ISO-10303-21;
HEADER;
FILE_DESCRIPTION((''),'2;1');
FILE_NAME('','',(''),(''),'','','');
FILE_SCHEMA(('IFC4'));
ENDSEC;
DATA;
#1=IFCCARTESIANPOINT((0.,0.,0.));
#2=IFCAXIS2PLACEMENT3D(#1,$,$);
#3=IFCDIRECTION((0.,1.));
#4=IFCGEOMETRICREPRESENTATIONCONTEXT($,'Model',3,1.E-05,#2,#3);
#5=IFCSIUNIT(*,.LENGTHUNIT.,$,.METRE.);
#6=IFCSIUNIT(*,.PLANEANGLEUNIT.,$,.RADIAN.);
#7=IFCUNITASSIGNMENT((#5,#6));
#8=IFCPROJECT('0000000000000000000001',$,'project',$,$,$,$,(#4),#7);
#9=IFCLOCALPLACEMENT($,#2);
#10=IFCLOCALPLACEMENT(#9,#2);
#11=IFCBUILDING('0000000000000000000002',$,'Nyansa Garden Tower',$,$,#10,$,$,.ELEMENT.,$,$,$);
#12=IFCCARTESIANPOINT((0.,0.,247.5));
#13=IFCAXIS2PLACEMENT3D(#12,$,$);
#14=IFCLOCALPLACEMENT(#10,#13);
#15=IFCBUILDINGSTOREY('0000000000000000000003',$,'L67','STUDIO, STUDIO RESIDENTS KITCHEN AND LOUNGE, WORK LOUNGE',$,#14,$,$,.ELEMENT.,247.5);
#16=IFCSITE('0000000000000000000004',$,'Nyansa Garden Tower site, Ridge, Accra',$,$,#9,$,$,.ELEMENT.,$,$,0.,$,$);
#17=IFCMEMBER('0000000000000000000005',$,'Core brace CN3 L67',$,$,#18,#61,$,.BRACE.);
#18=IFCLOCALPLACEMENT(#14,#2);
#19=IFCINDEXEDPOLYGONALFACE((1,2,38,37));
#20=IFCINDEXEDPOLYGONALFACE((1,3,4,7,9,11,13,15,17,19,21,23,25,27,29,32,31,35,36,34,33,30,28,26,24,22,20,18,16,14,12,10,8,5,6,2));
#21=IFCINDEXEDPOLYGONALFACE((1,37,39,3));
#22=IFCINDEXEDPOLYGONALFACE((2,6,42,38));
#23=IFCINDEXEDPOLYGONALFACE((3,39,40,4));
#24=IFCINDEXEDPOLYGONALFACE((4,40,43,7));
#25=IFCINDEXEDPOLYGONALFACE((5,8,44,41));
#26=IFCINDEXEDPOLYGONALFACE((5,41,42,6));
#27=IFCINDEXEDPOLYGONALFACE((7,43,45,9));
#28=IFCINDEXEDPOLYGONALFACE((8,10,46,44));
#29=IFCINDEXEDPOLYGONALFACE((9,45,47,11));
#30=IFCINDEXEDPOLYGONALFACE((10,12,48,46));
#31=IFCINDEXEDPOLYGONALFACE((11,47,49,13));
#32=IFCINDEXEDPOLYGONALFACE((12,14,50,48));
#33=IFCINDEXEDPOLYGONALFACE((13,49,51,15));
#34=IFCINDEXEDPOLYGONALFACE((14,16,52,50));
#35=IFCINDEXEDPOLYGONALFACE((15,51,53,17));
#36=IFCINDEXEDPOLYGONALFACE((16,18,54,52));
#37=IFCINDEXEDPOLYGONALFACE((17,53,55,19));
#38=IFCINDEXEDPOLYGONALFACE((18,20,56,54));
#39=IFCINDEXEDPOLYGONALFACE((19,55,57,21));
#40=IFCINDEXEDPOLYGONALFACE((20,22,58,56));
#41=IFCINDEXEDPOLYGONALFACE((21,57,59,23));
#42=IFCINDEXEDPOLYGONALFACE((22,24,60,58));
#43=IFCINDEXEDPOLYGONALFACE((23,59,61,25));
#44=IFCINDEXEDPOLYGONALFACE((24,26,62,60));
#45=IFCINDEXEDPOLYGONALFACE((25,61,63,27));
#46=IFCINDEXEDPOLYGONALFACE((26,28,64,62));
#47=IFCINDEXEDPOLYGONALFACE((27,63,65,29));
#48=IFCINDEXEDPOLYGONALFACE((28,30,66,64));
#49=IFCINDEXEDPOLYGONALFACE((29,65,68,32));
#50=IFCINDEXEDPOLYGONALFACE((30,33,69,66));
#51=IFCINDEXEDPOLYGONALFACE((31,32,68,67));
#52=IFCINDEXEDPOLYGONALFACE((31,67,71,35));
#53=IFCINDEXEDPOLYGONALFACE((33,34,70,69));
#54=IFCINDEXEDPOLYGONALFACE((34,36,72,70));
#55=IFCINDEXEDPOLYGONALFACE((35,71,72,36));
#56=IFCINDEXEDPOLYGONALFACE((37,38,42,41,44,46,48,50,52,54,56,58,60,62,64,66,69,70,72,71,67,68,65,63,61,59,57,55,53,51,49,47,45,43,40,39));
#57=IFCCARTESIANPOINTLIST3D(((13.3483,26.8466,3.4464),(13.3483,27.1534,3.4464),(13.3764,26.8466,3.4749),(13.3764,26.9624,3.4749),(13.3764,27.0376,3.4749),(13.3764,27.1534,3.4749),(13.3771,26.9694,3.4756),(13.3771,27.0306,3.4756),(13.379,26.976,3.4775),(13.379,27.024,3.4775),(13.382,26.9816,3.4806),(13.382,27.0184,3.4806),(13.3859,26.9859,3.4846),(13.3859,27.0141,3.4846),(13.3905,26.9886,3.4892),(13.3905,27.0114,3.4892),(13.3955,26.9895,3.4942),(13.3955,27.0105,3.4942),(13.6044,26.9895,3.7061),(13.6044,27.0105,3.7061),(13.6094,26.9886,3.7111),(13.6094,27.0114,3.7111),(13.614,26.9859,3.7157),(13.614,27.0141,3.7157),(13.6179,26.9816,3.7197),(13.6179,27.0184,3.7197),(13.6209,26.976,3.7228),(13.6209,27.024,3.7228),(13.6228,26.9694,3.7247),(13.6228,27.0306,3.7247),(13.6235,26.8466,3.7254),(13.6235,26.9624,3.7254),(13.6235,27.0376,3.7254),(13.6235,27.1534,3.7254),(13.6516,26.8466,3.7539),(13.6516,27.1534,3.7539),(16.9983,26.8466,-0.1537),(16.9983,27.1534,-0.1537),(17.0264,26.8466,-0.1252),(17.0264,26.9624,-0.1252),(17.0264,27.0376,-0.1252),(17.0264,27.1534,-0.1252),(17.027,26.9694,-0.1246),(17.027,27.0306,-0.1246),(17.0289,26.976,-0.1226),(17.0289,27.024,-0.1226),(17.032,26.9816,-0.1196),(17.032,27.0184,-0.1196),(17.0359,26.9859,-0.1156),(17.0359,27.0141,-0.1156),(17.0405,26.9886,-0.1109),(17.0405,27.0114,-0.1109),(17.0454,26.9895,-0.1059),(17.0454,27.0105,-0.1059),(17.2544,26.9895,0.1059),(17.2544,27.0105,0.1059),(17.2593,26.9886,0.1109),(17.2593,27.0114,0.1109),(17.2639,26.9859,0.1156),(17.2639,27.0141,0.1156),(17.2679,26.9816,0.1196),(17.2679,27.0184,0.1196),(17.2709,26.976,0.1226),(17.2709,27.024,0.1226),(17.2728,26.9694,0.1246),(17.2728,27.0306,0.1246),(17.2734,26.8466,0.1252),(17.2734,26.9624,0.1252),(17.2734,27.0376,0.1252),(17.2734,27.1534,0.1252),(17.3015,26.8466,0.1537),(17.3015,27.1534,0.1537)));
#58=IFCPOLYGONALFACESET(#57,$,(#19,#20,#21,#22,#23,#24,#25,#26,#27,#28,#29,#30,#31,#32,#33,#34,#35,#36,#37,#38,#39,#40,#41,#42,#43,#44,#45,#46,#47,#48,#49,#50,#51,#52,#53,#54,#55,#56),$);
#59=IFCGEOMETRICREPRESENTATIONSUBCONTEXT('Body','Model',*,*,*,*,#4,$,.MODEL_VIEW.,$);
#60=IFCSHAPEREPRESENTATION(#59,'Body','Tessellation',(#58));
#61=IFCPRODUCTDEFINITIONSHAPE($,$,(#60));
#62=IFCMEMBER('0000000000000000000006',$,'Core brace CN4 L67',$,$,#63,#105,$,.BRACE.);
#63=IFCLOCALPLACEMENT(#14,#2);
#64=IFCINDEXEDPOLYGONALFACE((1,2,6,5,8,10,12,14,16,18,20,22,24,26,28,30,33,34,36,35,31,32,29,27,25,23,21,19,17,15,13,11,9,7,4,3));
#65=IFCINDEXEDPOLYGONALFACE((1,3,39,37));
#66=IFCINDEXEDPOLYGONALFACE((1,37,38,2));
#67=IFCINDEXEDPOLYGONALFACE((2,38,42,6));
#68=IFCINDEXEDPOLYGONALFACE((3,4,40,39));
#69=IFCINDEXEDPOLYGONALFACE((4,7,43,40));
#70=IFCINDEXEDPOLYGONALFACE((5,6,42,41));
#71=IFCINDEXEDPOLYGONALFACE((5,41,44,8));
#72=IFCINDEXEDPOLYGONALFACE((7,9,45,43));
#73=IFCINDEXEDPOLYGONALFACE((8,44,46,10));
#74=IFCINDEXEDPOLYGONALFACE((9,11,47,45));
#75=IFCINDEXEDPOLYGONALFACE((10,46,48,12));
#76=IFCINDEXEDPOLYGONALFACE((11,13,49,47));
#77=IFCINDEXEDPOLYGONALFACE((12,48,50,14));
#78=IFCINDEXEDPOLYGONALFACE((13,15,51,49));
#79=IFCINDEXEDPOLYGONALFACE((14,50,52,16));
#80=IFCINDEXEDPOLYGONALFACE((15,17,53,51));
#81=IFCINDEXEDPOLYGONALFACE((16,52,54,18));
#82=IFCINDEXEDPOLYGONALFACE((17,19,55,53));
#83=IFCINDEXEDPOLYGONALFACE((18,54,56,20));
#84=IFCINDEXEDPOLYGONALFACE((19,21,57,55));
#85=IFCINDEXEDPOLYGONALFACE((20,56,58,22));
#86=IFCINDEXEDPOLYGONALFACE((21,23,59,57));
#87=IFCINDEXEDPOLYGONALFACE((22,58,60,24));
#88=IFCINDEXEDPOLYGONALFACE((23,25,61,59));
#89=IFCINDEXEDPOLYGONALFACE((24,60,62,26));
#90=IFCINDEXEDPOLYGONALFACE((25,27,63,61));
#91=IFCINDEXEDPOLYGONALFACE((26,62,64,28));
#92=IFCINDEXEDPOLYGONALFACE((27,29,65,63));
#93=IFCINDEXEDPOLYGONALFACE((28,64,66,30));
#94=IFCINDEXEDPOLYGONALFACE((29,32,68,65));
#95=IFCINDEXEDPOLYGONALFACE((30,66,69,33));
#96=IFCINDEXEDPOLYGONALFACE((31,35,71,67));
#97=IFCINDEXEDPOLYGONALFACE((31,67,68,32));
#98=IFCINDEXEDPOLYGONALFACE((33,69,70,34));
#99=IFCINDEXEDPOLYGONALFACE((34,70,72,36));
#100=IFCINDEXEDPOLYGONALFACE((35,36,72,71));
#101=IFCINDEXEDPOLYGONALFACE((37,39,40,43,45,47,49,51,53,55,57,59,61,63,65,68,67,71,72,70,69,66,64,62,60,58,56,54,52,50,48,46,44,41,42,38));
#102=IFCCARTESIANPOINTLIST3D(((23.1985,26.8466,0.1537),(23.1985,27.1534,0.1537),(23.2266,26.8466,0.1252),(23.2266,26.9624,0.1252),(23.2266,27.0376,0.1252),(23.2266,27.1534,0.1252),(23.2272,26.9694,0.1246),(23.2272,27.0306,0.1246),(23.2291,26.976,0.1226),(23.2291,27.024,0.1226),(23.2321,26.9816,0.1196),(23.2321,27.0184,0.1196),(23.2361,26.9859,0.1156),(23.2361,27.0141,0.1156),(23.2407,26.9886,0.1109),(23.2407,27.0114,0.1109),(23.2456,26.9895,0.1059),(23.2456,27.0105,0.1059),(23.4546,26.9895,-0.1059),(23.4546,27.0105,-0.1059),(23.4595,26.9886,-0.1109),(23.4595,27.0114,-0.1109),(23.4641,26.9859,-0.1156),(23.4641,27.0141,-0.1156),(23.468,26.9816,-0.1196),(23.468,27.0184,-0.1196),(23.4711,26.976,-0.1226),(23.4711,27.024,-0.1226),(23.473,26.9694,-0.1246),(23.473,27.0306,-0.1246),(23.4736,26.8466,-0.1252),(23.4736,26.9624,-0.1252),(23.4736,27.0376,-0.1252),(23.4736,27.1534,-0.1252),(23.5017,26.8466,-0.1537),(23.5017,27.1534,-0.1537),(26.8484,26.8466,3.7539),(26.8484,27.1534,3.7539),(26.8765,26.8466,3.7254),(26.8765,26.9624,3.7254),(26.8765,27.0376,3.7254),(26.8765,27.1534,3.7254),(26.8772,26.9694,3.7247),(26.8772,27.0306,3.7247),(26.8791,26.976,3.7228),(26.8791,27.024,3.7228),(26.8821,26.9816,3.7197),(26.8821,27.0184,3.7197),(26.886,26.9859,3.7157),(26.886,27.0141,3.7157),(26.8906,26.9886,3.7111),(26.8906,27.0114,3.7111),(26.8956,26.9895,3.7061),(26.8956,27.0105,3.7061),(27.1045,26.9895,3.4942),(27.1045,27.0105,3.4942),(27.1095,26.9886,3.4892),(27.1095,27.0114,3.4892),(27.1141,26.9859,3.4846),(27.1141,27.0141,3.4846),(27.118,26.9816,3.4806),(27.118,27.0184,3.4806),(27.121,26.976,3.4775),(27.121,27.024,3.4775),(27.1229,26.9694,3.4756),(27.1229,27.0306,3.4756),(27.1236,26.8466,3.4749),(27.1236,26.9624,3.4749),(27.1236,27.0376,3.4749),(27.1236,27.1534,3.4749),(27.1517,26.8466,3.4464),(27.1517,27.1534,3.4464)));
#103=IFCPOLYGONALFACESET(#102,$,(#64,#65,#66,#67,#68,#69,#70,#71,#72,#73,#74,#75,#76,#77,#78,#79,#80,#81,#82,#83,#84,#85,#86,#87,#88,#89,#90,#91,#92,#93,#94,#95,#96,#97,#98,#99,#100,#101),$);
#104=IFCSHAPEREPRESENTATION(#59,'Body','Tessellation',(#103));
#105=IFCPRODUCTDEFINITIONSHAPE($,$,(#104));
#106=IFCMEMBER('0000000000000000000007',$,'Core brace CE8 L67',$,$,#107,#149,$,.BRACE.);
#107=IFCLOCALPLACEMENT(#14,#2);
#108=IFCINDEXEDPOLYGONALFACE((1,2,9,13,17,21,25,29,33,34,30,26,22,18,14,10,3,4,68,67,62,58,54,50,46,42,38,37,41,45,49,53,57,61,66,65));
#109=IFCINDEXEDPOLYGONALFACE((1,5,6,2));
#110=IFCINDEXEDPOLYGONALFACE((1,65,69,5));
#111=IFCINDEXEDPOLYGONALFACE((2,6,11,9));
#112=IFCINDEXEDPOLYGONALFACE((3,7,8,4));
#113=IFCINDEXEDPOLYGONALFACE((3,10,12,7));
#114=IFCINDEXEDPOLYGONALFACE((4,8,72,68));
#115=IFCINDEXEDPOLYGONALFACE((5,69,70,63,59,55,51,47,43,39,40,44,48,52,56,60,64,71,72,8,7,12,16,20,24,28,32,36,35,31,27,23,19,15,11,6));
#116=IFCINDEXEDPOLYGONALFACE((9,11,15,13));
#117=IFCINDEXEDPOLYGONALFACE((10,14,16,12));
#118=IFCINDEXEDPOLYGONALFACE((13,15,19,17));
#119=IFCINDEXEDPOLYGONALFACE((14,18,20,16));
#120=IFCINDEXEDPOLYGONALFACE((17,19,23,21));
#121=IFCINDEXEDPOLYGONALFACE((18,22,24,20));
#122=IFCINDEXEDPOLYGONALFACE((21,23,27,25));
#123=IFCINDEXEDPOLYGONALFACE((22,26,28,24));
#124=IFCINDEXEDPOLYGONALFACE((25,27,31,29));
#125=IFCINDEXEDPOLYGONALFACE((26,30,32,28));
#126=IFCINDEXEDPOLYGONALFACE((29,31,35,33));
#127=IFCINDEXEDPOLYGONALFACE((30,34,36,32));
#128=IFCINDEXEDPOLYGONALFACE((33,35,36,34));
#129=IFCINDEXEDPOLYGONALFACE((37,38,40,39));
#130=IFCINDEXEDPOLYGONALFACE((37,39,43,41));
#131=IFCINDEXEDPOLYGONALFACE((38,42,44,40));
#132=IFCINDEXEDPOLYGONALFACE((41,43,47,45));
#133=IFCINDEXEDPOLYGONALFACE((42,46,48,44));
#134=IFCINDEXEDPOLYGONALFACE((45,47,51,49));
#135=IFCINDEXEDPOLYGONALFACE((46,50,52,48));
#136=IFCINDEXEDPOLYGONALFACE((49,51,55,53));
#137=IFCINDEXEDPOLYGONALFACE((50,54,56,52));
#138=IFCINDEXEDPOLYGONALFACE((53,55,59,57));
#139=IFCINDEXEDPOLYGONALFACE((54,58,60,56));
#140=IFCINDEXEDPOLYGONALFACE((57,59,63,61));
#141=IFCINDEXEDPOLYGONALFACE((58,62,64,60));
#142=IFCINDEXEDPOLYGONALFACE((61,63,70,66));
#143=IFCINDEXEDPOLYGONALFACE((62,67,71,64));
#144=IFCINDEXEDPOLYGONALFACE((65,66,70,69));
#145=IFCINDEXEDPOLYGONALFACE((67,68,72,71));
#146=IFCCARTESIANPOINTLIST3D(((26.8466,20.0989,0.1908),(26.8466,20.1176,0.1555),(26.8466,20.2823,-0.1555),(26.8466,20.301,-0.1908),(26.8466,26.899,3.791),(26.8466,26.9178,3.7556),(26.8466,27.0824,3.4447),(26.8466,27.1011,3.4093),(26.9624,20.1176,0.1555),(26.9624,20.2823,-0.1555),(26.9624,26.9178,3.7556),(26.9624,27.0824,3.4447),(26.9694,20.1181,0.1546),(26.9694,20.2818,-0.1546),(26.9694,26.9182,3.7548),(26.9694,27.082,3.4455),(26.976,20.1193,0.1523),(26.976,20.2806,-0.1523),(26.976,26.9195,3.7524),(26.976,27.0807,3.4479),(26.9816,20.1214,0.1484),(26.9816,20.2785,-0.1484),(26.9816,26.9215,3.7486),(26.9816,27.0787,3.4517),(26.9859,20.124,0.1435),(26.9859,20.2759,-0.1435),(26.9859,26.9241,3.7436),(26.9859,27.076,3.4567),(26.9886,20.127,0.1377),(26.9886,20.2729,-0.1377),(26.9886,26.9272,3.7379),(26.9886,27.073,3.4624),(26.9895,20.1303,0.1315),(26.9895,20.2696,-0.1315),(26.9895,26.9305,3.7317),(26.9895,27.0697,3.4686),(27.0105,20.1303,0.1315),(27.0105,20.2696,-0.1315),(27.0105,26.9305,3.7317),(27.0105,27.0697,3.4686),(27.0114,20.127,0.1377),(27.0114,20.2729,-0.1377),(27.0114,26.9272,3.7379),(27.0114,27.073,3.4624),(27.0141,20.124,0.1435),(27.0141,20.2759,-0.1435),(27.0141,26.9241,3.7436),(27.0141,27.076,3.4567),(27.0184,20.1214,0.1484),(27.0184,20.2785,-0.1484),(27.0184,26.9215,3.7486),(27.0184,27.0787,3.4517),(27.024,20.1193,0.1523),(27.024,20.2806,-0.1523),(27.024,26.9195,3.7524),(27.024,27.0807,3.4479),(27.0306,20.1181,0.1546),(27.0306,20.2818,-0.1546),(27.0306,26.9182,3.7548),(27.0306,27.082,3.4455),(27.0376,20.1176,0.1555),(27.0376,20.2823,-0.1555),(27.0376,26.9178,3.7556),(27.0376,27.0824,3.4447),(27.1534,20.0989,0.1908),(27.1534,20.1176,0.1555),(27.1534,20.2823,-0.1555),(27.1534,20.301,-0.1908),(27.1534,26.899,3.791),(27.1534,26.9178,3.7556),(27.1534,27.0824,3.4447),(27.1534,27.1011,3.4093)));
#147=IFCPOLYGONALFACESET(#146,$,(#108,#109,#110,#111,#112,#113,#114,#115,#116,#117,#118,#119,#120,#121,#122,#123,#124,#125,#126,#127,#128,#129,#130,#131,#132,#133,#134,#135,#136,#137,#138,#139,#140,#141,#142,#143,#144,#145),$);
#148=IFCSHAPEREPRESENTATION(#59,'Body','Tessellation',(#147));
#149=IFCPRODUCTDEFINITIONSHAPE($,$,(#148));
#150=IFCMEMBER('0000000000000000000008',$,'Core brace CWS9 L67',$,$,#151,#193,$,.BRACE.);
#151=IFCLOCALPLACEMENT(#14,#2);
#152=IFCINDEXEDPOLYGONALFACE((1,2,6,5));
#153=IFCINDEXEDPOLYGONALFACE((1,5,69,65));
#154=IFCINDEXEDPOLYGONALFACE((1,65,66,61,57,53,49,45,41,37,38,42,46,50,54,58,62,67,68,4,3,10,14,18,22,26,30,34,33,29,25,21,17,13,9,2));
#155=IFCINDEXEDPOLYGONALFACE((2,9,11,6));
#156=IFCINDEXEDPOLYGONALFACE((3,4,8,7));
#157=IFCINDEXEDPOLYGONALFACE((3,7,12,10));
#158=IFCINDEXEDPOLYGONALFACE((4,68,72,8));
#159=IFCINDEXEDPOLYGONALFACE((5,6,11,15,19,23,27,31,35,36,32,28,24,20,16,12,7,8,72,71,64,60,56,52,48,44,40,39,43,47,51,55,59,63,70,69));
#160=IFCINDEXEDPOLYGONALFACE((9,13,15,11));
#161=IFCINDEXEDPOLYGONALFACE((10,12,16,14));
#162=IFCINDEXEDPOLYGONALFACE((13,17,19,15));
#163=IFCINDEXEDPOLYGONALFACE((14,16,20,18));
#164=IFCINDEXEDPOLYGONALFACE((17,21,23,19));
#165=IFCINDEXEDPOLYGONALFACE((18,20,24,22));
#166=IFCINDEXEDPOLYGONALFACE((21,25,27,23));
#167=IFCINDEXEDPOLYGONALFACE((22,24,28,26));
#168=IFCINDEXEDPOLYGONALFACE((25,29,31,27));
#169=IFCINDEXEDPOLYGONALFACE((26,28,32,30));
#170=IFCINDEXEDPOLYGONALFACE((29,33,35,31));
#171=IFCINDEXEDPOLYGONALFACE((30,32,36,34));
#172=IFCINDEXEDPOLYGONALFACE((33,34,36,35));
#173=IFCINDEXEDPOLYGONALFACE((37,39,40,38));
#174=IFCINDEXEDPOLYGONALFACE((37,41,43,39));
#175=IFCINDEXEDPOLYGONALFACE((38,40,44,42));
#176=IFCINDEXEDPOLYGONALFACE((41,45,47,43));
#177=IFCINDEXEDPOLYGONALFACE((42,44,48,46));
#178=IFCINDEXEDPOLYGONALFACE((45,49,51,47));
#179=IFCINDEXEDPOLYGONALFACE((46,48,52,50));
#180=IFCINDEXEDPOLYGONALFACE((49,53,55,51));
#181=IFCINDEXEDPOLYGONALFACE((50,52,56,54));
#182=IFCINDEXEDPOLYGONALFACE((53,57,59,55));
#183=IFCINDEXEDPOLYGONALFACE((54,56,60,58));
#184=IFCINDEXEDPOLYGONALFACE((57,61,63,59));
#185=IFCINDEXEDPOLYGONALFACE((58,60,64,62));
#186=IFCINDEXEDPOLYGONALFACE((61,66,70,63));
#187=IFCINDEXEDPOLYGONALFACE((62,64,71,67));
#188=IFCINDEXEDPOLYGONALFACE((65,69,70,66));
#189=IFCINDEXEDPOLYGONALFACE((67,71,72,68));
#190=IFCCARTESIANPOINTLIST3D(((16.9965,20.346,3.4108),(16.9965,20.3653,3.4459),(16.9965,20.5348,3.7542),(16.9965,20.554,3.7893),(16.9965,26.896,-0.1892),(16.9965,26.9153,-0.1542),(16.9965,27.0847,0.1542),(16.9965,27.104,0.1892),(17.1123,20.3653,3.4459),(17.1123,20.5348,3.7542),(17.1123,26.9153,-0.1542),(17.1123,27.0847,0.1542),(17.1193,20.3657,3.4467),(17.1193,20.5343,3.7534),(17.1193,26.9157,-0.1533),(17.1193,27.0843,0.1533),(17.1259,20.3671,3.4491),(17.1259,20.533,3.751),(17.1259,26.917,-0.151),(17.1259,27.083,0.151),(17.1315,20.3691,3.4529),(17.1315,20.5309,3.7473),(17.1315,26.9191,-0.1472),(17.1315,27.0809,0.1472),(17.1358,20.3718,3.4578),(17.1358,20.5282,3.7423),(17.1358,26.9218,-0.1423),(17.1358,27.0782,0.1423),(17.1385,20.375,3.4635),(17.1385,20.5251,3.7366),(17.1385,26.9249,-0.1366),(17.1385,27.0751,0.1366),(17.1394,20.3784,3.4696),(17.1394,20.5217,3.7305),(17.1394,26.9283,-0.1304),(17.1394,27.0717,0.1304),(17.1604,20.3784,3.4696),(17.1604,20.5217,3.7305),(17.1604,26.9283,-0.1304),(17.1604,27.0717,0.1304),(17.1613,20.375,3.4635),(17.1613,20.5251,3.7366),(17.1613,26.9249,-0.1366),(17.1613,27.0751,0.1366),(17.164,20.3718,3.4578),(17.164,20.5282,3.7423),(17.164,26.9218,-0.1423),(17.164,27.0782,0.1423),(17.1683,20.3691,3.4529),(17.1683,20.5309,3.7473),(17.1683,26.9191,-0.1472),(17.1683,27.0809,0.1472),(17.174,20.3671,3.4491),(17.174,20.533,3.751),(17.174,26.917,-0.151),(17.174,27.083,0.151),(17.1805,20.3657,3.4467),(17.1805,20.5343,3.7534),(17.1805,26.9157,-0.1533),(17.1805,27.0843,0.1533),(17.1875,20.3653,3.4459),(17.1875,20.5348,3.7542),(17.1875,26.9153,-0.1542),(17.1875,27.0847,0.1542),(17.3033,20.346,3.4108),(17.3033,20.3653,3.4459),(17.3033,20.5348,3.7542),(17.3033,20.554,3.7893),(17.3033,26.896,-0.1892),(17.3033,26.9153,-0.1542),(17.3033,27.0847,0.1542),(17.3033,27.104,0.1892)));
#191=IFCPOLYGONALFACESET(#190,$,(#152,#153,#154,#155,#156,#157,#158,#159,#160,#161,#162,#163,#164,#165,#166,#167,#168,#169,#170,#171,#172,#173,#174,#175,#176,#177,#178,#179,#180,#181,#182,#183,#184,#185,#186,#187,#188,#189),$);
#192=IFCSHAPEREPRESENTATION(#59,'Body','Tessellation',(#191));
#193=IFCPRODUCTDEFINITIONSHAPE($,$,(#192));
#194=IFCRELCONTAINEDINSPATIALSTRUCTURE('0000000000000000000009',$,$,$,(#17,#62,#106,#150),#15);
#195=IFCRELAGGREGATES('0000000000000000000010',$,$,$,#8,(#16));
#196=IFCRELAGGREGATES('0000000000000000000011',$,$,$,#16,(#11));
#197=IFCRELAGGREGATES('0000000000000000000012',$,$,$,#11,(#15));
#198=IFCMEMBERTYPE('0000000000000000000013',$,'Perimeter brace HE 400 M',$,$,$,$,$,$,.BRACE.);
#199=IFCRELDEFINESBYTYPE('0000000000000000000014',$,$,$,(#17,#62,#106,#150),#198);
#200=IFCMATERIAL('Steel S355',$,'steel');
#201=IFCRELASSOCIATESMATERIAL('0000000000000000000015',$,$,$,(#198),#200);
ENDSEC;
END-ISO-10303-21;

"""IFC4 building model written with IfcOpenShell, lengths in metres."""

from ifc_helpers import new_model, si_unit, direction, frame, origin, origin_2d, place, context, subcontext, project, spatial, i_section, extrude, material, material_profile, profile_set, type_object, element, save


model = new_model("IFC4")

# Units and contexts
model_context = context("Model", 3, precision=1e-05, world=origin(), true_north=direction((0.0, 1.0)))
body_context = subcontext(model_context, "Body", "Model", "MODEL_VIEW")
ifc_project = project(units=[si_unit("LENGTHUNIT", "METRE"), si_unit("PLANEANGLEUNIT", "RADIAN")], contexts=[model_context])

# Site, building, storey
site_placement = place(None, origin())
site = spatial("IfcSite", under=ifc_project, at=site_placement, Name="Nyansa Garden Tower site, Ridge, Accra", CompositionType="ELEMENT", RefElevation=0.0)
building_placement = place(site_placement, origin())
building = spatial("IfcBuilding", under=site, at=building_placement, Name="Nyansa Garden Tower", CompositionType="ELEMENT")
storey_placement = place(building_placement, frame((0.0, 0.0, 247.5)))
storey = spatial("IfcBuildingStorey", under=building, at=storey_placement, Name="L67", Description="STUDIO, STUDIO RESIDENTS KITCHEN AND LOUNGE, WORK LOUNGE", CompositionType="ELEMENT", Elevation=247.5)

# Members
ifc_material_1 = material(Name="Steel S355", Category="steel")
ifc_material_profile = material_profile(ifc_material_1, i_section(OverallWidth=0.3069, OverallDepth=0.4319, WebThickness=0.021, FlangeThickness=0.04, FilletRadius=0.0271, at=origin_2d()), Name="HE 400 M")
ifc_profile_set = profile_set([ifc_material_profile], Name="Steel S355")
member_type = type_object("IfcMemberType", Name="Perimeter brace HE 400 M", PredefinedType="BRACE", material=ifc_profile_set)
for number, where, z_axis, x_axis, name in (
    (1, (17.1499, 27.0, 0.0), (-0.711948, 0.0, 0.702233), (0.0, -1.0, 0.0), "Core brace CN3 L67"),
    (2, (23.3501, 27.0, 0.0), (0.711948, 0.0, 0.702233), (0.0, 1.0, 0.0), "Core brace CN4 L67"),
):
    element("IfcMember", number, at=place(storey_placement, frame(where, z_axis=z_axis, x_axis=x_axis)), inside=storey, type_object=member_type, Name=name, PredefinedType="BRACE", context=body_context, shape_type="SweptSolid", body=[
        extrude(i_section(OverallWidth=0.3069, OverallDepth=0.4319, WebThickness=0.021, FlangeThickness=0.04, FilletRadius=0.0271, at=origin_2d()), origin(), (0.0, 0.0, 1.0), 5.1267),
    ])
member_placement = place(storey_placement, frame((27.0, 20.2, 0.0), z_axis=(0.0, 0.883784, 0.467895), x_axis=(-1.0, 0.0, 0.0)))
element("IfcMember", 3, at=member_placement, inside=storey, type_object=member_type, Name="Core brace CE8 L67", PredefinedType="BRACE", context=body_context, shape_type="SweptSolid", body=[
    extrude(i_section(OverallWidth=0.3069, OverallDepth=0.4319, WebThickness=0.021, FlangeThickness=0.04, FilletRadius=0.0271, at=origin_2d()), origin(), (0.0, 0.0, 1.0), 7.6943),
])
for number, where, z_axis, x_axis, name in (
    (4, (17.1499, 27.0, 0.0), (0.0, -0.876353, 0.481669), (1.0, 0.0, 0.0), "Core brace CWS9 L67"),
):
    element("IfcMember", number, at=place(storey_placement, frame(where, z_axis=z_axis, x_axis=x_axis)), inside=storey, type_object=member_type, Name=name, PredefinedType="BRACE", context=body_context, shape_type="SweptSolid", body=[
        extrude(i_section(OverallWidth=0.3069, OverallDepth=0.4319, WebThickness=0.021, FlangeThickness=0.04, FilletRadius=0.0271, at=origin_2d()), origin(), (0.0, 0.0, 1.0), 7.4741),
    ])

save(model, "model.ifc")
